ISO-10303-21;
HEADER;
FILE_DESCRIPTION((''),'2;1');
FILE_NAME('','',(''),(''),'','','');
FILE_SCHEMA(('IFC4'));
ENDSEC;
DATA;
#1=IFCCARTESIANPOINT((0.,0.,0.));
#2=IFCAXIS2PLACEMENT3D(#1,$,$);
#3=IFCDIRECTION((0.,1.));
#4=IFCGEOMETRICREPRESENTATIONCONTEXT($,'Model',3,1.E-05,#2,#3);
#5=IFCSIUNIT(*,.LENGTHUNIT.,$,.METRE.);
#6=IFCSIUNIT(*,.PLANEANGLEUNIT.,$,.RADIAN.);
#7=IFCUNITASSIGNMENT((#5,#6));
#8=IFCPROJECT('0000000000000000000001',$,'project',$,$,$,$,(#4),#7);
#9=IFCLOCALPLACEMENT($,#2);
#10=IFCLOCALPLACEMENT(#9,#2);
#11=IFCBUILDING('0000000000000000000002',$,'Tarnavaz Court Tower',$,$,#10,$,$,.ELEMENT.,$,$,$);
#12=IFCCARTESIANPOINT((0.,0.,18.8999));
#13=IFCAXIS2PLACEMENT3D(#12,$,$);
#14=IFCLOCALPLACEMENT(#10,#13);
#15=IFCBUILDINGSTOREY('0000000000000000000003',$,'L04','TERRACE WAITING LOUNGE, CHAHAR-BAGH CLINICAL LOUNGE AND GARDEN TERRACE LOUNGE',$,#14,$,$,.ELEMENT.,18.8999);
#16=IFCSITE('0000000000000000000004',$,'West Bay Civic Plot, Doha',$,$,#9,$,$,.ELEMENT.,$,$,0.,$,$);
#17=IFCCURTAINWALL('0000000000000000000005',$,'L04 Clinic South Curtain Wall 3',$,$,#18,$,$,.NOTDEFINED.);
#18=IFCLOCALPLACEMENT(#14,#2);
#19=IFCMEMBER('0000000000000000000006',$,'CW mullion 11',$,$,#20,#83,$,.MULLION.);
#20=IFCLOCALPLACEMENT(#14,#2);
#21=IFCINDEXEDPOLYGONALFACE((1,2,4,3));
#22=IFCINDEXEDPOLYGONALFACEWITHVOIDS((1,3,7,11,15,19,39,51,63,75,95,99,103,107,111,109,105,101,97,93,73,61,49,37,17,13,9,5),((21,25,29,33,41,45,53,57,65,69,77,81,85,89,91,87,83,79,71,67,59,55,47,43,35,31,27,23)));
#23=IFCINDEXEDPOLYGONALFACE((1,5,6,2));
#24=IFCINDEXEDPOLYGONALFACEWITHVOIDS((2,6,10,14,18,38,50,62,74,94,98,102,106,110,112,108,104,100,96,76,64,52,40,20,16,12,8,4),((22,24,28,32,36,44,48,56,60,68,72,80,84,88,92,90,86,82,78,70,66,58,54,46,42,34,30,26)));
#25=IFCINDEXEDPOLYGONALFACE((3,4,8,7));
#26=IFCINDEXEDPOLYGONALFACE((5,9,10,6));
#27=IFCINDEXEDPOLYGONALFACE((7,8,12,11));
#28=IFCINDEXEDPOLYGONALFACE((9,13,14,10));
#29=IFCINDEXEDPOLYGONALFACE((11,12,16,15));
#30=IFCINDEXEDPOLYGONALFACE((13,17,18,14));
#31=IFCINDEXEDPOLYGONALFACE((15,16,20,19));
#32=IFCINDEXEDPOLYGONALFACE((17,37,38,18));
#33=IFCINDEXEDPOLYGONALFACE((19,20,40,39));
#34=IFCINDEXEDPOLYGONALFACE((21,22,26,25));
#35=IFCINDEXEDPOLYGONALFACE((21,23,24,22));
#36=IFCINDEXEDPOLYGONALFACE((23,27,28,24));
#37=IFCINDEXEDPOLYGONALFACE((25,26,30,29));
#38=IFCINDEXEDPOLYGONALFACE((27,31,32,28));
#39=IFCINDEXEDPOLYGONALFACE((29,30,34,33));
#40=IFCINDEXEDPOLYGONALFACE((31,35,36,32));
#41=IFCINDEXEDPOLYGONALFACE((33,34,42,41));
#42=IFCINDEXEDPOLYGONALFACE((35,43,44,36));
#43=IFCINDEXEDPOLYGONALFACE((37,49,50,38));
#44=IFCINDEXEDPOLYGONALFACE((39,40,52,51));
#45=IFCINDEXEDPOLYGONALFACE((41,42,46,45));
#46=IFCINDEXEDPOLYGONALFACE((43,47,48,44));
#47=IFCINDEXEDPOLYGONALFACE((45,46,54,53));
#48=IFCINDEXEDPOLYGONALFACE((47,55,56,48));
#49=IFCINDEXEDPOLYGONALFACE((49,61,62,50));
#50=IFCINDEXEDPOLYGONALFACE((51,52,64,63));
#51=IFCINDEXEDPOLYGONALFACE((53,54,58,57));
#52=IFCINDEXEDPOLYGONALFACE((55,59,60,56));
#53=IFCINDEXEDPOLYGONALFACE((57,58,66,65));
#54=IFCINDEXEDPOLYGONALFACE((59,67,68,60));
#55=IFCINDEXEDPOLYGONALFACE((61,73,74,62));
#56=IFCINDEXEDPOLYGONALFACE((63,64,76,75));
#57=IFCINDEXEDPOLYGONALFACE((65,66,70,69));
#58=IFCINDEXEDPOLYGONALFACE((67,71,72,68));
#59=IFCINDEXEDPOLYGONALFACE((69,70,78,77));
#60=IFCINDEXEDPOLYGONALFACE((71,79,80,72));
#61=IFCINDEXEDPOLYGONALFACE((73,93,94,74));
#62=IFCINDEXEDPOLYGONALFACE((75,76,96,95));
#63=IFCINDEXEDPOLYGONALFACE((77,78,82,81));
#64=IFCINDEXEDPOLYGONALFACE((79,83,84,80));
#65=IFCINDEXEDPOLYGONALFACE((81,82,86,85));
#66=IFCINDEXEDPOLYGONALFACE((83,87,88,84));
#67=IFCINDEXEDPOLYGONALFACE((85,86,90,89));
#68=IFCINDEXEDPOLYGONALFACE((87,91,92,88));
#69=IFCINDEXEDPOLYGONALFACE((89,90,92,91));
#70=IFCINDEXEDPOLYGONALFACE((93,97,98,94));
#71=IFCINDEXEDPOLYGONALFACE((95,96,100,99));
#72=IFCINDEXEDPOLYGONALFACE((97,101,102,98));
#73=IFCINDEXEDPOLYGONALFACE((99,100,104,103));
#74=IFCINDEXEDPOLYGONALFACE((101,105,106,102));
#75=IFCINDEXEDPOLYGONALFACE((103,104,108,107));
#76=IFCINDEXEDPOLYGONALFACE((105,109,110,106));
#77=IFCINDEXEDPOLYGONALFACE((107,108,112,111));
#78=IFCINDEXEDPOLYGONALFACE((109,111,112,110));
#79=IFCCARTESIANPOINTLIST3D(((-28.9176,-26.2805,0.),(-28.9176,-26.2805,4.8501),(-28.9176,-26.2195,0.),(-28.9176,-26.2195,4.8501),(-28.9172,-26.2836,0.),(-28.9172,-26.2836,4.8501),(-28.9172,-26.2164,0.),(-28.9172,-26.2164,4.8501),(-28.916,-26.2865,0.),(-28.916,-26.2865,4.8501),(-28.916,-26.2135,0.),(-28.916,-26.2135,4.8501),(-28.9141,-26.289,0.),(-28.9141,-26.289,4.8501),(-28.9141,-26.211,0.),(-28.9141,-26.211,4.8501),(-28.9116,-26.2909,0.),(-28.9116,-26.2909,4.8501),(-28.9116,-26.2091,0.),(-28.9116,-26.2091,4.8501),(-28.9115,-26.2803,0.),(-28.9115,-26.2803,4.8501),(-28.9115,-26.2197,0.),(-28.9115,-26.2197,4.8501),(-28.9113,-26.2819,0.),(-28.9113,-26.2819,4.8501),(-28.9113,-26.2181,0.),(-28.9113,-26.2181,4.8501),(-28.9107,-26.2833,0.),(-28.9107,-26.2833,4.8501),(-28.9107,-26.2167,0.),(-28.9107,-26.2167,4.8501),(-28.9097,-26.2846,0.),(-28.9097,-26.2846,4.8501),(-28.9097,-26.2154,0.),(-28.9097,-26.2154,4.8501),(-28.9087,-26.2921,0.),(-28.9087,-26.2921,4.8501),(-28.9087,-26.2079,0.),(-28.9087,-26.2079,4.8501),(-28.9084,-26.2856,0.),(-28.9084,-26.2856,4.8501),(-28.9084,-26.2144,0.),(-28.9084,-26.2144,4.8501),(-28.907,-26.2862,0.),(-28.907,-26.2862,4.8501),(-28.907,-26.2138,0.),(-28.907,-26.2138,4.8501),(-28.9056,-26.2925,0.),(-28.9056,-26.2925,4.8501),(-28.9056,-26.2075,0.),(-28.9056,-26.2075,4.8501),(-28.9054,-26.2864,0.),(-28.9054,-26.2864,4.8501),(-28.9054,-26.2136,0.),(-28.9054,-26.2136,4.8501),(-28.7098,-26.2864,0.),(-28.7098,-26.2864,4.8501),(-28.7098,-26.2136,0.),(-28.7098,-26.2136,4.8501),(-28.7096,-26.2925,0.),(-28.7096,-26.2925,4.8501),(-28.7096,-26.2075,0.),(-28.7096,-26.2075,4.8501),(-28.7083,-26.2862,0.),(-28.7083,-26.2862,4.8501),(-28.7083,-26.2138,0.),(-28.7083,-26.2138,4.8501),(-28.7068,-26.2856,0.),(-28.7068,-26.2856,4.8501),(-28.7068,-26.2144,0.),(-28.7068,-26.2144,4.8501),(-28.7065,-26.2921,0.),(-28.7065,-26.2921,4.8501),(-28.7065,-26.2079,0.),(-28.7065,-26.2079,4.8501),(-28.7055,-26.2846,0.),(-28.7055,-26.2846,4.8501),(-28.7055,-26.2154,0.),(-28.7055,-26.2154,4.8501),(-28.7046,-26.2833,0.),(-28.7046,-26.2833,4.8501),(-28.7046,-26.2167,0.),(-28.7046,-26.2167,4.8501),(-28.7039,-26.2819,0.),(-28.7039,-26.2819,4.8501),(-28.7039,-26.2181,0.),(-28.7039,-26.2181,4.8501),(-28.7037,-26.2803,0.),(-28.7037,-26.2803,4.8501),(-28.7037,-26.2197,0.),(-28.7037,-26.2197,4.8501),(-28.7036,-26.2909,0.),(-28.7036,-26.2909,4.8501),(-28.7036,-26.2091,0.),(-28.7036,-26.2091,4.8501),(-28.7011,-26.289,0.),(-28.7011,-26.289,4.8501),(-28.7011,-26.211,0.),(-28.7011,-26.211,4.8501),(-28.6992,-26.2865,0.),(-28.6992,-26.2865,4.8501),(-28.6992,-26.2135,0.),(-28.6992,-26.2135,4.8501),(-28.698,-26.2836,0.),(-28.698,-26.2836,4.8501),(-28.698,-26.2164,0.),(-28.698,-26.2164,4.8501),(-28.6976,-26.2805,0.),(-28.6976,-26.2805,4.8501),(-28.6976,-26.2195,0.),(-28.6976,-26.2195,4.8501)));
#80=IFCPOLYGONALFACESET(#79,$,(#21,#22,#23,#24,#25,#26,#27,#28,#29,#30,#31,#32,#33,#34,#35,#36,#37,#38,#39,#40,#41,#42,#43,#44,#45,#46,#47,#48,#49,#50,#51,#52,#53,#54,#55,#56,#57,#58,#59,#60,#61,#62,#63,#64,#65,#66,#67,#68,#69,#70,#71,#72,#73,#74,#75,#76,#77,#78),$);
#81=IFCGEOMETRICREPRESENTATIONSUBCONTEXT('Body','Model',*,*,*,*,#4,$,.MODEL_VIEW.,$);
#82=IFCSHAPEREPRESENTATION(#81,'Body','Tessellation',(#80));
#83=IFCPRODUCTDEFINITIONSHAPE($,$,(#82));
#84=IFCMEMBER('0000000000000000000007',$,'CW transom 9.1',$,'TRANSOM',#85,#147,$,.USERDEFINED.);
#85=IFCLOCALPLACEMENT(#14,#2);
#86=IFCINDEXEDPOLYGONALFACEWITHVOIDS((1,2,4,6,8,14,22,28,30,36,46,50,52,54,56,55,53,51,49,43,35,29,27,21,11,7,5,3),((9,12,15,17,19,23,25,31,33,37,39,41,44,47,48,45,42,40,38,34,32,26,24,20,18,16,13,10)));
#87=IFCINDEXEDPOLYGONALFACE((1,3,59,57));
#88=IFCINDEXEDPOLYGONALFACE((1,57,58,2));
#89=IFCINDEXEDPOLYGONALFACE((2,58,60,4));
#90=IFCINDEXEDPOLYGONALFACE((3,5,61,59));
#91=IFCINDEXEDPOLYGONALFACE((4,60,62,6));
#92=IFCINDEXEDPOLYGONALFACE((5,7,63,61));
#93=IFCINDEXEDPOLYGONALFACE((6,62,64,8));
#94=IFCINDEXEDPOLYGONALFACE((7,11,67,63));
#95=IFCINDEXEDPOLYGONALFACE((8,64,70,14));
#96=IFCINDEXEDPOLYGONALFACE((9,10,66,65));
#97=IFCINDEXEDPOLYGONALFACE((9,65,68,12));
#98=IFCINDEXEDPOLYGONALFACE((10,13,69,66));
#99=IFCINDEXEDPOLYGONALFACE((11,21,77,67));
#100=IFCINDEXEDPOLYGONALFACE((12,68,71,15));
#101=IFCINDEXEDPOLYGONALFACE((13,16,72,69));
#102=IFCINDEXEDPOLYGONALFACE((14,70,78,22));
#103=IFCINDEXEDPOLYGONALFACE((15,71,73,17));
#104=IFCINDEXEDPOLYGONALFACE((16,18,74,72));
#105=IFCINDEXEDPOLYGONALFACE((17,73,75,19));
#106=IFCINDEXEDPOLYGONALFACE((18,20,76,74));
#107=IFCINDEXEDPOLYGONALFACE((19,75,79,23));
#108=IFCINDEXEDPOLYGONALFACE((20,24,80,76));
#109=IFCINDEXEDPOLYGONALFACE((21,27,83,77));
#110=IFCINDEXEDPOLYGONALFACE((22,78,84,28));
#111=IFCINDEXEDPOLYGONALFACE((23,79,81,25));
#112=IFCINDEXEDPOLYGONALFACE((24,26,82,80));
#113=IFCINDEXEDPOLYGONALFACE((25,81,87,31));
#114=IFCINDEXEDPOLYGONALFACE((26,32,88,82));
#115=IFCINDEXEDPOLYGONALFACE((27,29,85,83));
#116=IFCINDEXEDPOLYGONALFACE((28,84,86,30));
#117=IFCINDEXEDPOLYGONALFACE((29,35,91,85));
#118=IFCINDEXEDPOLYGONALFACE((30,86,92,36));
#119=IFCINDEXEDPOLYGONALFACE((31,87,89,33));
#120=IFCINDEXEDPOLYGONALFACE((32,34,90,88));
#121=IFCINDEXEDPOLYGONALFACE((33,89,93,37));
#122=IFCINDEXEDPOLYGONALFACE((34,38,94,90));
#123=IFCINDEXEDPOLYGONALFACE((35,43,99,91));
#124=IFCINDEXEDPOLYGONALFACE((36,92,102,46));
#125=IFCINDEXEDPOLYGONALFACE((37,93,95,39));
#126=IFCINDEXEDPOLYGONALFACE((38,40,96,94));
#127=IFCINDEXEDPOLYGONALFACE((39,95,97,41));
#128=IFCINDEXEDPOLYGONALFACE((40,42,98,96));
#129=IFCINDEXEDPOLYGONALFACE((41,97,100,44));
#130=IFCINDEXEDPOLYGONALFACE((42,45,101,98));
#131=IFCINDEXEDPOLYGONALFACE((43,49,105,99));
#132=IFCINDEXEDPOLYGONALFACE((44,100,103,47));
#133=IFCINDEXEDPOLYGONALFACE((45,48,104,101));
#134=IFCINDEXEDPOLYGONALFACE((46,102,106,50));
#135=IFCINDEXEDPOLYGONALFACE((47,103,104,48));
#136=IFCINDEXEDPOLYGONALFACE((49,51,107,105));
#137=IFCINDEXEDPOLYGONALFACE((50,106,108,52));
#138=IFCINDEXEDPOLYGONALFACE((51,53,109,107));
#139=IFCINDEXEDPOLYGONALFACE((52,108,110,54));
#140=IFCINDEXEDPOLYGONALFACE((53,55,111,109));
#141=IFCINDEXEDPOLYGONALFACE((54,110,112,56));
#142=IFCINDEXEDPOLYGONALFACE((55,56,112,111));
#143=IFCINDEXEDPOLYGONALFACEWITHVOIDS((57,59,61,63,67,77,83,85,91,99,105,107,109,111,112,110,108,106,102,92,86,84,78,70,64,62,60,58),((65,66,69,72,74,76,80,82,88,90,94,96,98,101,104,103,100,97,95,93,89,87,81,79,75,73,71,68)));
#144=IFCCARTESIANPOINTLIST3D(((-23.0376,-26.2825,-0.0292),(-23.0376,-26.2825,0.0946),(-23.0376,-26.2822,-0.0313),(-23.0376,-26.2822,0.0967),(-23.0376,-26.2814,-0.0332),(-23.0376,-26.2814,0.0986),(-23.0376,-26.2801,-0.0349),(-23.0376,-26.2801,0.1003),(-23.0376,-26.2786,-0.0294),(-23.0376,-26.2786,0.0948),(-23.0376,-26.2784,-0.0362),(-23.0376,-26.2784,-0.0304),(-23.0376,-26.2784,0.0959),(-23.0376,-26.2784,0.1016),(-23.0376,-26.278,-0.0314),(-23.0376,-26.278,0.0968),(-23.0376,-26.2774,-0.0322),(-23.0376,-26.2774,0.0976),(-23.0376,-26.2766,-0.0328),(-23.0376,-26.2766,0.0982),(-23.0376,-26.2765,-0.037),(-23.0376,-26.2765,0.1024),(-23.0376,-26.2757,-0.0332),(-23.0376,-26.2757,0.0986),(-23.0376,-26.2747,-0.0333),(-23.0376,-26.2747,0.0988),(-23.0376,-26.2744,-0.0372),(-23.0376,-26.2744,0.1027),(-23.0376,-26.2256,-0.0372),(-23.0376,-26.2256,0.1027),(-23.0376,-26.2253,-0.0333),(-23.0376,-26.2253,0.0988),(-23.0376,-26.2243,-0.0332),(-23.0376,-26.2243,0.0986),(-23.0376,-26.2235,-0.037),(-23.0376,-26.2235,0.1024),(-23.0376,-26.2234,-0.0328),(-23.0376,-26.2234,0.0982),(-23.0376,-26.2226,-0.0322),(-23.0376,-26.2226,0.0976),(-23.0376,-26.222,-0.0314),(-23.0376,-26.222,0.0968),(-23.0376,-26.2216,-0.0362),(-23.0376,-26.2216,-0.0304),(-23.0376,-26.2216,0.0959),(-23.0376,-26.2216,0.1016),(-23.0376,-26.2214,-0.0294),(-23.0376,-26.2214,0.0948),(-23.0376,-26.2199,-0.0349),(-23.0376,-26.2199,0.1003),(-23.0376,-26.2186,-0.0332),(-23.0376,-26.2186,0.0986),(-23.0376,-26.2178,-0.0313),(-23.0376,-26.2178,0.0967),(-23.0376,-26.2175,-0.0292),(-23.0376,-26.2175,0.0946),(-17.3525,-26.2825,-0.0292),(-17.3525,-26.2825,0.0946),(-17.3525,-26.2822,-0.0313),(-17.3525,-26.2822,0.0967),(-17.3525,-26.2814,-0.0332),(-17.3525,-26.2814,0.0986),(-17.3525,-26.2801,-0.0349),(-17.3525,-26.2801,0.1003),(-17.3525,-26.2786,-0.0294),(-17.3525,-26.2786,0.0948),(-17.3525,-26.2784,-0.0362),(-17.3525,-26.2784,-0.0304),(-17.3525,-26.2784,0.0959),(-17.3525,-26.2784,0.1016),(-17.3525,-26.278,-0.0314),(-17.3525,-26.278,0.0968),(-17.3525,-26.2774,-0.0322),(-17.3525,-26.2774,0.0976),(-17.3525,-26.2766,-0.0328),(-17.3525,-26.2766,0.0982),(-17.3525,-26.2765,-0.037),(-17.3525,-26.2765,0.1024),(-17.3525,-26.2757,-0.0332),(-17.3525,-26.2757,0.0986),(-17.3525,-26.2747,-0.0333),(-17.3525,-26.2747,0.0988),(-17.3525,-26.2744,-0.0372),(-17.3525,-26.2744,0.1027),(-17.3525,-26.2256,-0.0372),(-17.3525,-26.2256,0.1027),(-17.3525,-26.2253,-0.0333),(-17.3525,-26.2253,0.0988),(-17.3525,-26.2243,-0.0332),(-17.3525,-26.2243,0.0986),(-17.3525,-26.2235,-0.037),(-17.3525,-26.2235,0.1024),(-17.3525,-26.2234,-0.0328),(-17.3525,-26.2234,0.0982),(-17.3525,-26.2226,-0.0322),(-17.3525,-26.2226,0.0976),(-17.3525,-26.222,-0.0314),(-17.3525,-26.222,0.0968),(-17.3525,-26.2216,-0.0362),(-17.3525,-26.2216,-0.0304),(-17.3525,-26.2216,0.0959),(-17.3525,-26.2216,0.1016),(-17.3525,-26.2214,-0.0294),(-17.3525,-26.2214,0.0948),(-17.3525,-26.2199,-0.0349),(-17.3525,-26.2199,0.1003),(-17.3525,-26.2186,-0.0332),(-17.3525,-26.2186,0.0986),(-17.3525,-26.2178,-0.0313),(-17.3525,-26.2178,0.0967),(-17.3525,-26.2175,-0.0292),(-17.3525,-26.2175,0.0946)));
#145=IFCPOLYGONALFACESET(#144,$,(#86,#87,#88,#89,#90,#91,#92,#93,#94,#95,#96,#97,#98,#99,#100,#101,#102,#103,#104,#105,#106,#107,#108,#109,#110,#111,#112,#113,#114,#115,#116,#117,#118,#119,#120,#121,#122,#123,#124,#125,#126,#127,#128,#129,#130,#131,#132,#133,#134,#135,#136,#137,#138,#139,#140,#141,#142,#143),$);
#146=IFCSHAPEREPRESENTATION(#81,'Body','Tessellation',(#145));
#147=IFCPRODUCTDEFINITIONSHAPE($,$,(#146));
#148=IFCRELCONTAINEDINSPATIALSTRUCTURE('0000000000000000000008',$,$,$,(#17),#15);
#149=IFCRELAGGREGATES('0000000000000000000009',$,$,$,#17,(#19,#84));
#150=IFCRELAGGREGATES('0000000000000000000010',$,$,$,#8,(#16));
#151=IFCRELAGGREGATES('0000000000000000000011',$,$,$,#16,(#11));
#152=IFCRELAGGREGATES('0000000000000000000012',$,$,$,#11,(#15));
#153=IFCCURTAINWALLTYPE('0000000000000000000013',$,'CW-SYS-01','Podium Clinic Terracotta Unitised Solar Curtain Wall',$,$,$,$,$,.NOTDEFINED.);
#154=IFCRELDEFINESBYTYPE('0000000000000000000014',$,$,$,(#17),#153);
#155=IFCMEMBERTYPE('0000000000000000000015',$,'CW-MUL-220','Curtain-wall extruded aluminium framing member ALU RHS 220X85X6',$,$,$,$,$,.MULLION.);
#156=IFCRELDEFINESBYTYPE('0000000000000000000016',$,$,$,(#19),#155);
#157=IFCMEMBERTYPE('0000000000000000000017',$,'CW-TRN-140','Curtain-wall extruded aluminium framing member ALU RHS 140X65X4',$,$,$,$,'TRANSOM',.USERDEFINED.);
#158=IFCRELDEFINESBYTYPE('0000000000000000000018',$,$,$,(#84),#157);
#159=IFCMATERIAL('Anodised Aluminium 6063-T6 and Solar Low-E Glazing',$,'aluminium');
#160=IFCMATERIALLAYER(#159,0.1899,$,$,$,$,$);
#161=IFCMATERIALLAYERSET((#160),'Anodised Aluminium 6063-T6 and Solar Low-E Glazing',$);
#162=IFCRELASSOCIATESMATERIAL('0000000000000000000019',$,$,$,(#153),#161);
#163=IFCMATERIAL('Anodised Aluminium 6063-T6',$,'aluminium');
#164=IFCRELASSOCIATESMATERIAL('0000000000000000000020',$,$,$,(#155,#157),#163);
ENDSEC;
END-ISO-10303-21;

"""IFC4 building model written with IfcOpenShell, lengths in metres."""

from ifc_helpers import new_model, si_unit, direction, frame, origin, origin_2d, place, context, subcontext, project, spatial, hollow_rectangle, extrude, material, layer, layer_set, material_profile, profile_set, type_object, element, aggregate, save


model = new_model("IFC4")

# Units and contexts
model_context = context("Model", 3, precision=1e-05, world=origin(), true_north=direction((0.0, 1.0)))
body_context = subcontext(model_context, "Body", "Model", "MODEL_VIEW")
ifc_project = project(units=[si_unit("LENGTHUNIT", "METRE"), si_unit("PLANEANGLEUNIT", "RADIAN")], contexts=[model_context])

# Site, building, storey
site_placement = place(None, origin())
site = spatial("IfcSite", under=ifc_project, at=site_placement, Name="West Bay Civic Plot, Doha", CompositionType="ELEMENT", RefElevation=0.0)
building_placement = place(site_placement, origin())
building = spatial("IfcBuilding", under=site, at=building_placement, Name="Tarnavaz Court Tower", CompositionType="ELEMENT")
storey_placement = place(building_placement, frame((0.0, 0.0, 18.8999)))
storey = spatial("IfcBuildingStorey", under=building, at=storey_placement, Name="L04", Description="TERRACE WAITING LOUNGE, CHAHAR-BAGH CLINICAL LOUNGE AND GARDEN TERRACE LOUNGE", CompositionType="ELEMENT", Elevation=18.8999)

# Curtain wall, members
ifc_material_1 = material(Name="Anodised Aluminium 6063-T6 and Solar Low-E Glazing", Category="aluminium")
ifc_layer_1 = layer(ifc_material_1, 0.1899)
ifc_layer_set_1 = layer_set([ifc_layer_1], Name="Anodised Aluminium 6063-T6 and Solar Low-E Glazing")
curtain_wall_type = type_object("IfcCurtainWallType", Name="CW-SYS-01", Description="Podium Clinic Terracotta Unitised Solar Curtain Wall", PredefinedType="NOTDEFINED", material=ifc_layer_set_1)
curtain_wall_placement = place(storey_placement, origin())
curtain_wall = element("IfcCurtainWall", 1, at=curtain_wall_placement, inside=storey, type_object=curtain_wall_type, Name="L04 Clinic South Curtain Wall 3", PredefinedType="NOTDEFINED")
ifc_material_2 = material(Name="Anodised Aluminium 6063-T6", Category="aluminium")
ifc_material_profile_1 = material_profile(ifc_material_2, hollow_rectangle(XDim=0.085, YDim=0.22, WallThickness=0.0061, InnerFilletRadius=0.0061, OuterFilletRadius=0.012, at=origin_2d()), Name="ALU RHS 220X85X6")
ifc_profile_set_1 = profile_set([ifc_material_profile_1], Name="Anodised Aluminium 6063-T6")
member_type_1 = type_object("IfcMemberType", Name="CW-MUL-220", Description="Curtain-wall extruded aluminium framing member ALU RHS 220X85X6", PredefinedType="MULLION", material=ifc_profile_set_1)
member_1_placement = place(storey_placement, frame((-28.8076, -26.25, 0.0), z_axis=(0.0, 0.0, 1.0), x_axis=(0.0, -1.0, 0.0)))
member_1 = element("IfcMember", 2, at=member_1_placement, type_object=member_type_1, Name="CW mullion 11", PredefinedType="MULLION", context=body_context, shape_type="SweptSolid", body=[
    extrude(hollow_rectangle(XDim=0.085, YDim=0.22, WallThickness=0.0061, InnerFilletRadius=0.0061, OuterFilletRadius=0.012, at=origin_2d()), origin(), (0.0, 0.0, 1.0), 4.8501),
])
ifc_material_profile_2 = material_profile(ifc_material_2, hollow_rectangle(XDim=0.0649, YDim=0.1399, WallThickness=0.0039, InnerFilletRadius=0.0039, OuterFilletRadius=0.0081, at=origin_2d()), Name="ALU RHS 140X65X4")
ifc_profile_set_2 = profile_set([ifc_material_profile_2], Name="Anodised Aluminium 6063-T6")
member_type_2 = type_object("IfcMemberType", Name="CW-TRN-140", Description="Curtain-wall extruded aluminium framing member ALU RHS 140X65X4", ElementType="TRANSOM", PredefinedType="USERDEFINED", material=ifc_profile_set_2)
member_2_placement = place(storey_placement, frame((-17.3525, -26.25, 0.0327), z_axis=(-1.0, 0.0, 0.0), x_axis=(0.0, -1.0, 0.0)))
member_2 = element("IfcMember", 3, at=member_2_placement, type_object=member_type_2, Name="CW transom 9.1", ObjectType="TRANSOM", PredefinedType="USERDEFINED", context=body_context, shape_type="SweptSolid", body=[
    extrude(hollow_rectangle(XDim=0.0649, YDim=0.1399, WallThickness=0.0039, InnerFilletRadius=0.0039, OuterFilletRadius=0.0081, at=origin_2d()), origin(), (0.0, 0.0, 1.0), 5.6851),
])
aggregate(curtain_wall, [member_1, member_2])

save(model, "model.ifc")
